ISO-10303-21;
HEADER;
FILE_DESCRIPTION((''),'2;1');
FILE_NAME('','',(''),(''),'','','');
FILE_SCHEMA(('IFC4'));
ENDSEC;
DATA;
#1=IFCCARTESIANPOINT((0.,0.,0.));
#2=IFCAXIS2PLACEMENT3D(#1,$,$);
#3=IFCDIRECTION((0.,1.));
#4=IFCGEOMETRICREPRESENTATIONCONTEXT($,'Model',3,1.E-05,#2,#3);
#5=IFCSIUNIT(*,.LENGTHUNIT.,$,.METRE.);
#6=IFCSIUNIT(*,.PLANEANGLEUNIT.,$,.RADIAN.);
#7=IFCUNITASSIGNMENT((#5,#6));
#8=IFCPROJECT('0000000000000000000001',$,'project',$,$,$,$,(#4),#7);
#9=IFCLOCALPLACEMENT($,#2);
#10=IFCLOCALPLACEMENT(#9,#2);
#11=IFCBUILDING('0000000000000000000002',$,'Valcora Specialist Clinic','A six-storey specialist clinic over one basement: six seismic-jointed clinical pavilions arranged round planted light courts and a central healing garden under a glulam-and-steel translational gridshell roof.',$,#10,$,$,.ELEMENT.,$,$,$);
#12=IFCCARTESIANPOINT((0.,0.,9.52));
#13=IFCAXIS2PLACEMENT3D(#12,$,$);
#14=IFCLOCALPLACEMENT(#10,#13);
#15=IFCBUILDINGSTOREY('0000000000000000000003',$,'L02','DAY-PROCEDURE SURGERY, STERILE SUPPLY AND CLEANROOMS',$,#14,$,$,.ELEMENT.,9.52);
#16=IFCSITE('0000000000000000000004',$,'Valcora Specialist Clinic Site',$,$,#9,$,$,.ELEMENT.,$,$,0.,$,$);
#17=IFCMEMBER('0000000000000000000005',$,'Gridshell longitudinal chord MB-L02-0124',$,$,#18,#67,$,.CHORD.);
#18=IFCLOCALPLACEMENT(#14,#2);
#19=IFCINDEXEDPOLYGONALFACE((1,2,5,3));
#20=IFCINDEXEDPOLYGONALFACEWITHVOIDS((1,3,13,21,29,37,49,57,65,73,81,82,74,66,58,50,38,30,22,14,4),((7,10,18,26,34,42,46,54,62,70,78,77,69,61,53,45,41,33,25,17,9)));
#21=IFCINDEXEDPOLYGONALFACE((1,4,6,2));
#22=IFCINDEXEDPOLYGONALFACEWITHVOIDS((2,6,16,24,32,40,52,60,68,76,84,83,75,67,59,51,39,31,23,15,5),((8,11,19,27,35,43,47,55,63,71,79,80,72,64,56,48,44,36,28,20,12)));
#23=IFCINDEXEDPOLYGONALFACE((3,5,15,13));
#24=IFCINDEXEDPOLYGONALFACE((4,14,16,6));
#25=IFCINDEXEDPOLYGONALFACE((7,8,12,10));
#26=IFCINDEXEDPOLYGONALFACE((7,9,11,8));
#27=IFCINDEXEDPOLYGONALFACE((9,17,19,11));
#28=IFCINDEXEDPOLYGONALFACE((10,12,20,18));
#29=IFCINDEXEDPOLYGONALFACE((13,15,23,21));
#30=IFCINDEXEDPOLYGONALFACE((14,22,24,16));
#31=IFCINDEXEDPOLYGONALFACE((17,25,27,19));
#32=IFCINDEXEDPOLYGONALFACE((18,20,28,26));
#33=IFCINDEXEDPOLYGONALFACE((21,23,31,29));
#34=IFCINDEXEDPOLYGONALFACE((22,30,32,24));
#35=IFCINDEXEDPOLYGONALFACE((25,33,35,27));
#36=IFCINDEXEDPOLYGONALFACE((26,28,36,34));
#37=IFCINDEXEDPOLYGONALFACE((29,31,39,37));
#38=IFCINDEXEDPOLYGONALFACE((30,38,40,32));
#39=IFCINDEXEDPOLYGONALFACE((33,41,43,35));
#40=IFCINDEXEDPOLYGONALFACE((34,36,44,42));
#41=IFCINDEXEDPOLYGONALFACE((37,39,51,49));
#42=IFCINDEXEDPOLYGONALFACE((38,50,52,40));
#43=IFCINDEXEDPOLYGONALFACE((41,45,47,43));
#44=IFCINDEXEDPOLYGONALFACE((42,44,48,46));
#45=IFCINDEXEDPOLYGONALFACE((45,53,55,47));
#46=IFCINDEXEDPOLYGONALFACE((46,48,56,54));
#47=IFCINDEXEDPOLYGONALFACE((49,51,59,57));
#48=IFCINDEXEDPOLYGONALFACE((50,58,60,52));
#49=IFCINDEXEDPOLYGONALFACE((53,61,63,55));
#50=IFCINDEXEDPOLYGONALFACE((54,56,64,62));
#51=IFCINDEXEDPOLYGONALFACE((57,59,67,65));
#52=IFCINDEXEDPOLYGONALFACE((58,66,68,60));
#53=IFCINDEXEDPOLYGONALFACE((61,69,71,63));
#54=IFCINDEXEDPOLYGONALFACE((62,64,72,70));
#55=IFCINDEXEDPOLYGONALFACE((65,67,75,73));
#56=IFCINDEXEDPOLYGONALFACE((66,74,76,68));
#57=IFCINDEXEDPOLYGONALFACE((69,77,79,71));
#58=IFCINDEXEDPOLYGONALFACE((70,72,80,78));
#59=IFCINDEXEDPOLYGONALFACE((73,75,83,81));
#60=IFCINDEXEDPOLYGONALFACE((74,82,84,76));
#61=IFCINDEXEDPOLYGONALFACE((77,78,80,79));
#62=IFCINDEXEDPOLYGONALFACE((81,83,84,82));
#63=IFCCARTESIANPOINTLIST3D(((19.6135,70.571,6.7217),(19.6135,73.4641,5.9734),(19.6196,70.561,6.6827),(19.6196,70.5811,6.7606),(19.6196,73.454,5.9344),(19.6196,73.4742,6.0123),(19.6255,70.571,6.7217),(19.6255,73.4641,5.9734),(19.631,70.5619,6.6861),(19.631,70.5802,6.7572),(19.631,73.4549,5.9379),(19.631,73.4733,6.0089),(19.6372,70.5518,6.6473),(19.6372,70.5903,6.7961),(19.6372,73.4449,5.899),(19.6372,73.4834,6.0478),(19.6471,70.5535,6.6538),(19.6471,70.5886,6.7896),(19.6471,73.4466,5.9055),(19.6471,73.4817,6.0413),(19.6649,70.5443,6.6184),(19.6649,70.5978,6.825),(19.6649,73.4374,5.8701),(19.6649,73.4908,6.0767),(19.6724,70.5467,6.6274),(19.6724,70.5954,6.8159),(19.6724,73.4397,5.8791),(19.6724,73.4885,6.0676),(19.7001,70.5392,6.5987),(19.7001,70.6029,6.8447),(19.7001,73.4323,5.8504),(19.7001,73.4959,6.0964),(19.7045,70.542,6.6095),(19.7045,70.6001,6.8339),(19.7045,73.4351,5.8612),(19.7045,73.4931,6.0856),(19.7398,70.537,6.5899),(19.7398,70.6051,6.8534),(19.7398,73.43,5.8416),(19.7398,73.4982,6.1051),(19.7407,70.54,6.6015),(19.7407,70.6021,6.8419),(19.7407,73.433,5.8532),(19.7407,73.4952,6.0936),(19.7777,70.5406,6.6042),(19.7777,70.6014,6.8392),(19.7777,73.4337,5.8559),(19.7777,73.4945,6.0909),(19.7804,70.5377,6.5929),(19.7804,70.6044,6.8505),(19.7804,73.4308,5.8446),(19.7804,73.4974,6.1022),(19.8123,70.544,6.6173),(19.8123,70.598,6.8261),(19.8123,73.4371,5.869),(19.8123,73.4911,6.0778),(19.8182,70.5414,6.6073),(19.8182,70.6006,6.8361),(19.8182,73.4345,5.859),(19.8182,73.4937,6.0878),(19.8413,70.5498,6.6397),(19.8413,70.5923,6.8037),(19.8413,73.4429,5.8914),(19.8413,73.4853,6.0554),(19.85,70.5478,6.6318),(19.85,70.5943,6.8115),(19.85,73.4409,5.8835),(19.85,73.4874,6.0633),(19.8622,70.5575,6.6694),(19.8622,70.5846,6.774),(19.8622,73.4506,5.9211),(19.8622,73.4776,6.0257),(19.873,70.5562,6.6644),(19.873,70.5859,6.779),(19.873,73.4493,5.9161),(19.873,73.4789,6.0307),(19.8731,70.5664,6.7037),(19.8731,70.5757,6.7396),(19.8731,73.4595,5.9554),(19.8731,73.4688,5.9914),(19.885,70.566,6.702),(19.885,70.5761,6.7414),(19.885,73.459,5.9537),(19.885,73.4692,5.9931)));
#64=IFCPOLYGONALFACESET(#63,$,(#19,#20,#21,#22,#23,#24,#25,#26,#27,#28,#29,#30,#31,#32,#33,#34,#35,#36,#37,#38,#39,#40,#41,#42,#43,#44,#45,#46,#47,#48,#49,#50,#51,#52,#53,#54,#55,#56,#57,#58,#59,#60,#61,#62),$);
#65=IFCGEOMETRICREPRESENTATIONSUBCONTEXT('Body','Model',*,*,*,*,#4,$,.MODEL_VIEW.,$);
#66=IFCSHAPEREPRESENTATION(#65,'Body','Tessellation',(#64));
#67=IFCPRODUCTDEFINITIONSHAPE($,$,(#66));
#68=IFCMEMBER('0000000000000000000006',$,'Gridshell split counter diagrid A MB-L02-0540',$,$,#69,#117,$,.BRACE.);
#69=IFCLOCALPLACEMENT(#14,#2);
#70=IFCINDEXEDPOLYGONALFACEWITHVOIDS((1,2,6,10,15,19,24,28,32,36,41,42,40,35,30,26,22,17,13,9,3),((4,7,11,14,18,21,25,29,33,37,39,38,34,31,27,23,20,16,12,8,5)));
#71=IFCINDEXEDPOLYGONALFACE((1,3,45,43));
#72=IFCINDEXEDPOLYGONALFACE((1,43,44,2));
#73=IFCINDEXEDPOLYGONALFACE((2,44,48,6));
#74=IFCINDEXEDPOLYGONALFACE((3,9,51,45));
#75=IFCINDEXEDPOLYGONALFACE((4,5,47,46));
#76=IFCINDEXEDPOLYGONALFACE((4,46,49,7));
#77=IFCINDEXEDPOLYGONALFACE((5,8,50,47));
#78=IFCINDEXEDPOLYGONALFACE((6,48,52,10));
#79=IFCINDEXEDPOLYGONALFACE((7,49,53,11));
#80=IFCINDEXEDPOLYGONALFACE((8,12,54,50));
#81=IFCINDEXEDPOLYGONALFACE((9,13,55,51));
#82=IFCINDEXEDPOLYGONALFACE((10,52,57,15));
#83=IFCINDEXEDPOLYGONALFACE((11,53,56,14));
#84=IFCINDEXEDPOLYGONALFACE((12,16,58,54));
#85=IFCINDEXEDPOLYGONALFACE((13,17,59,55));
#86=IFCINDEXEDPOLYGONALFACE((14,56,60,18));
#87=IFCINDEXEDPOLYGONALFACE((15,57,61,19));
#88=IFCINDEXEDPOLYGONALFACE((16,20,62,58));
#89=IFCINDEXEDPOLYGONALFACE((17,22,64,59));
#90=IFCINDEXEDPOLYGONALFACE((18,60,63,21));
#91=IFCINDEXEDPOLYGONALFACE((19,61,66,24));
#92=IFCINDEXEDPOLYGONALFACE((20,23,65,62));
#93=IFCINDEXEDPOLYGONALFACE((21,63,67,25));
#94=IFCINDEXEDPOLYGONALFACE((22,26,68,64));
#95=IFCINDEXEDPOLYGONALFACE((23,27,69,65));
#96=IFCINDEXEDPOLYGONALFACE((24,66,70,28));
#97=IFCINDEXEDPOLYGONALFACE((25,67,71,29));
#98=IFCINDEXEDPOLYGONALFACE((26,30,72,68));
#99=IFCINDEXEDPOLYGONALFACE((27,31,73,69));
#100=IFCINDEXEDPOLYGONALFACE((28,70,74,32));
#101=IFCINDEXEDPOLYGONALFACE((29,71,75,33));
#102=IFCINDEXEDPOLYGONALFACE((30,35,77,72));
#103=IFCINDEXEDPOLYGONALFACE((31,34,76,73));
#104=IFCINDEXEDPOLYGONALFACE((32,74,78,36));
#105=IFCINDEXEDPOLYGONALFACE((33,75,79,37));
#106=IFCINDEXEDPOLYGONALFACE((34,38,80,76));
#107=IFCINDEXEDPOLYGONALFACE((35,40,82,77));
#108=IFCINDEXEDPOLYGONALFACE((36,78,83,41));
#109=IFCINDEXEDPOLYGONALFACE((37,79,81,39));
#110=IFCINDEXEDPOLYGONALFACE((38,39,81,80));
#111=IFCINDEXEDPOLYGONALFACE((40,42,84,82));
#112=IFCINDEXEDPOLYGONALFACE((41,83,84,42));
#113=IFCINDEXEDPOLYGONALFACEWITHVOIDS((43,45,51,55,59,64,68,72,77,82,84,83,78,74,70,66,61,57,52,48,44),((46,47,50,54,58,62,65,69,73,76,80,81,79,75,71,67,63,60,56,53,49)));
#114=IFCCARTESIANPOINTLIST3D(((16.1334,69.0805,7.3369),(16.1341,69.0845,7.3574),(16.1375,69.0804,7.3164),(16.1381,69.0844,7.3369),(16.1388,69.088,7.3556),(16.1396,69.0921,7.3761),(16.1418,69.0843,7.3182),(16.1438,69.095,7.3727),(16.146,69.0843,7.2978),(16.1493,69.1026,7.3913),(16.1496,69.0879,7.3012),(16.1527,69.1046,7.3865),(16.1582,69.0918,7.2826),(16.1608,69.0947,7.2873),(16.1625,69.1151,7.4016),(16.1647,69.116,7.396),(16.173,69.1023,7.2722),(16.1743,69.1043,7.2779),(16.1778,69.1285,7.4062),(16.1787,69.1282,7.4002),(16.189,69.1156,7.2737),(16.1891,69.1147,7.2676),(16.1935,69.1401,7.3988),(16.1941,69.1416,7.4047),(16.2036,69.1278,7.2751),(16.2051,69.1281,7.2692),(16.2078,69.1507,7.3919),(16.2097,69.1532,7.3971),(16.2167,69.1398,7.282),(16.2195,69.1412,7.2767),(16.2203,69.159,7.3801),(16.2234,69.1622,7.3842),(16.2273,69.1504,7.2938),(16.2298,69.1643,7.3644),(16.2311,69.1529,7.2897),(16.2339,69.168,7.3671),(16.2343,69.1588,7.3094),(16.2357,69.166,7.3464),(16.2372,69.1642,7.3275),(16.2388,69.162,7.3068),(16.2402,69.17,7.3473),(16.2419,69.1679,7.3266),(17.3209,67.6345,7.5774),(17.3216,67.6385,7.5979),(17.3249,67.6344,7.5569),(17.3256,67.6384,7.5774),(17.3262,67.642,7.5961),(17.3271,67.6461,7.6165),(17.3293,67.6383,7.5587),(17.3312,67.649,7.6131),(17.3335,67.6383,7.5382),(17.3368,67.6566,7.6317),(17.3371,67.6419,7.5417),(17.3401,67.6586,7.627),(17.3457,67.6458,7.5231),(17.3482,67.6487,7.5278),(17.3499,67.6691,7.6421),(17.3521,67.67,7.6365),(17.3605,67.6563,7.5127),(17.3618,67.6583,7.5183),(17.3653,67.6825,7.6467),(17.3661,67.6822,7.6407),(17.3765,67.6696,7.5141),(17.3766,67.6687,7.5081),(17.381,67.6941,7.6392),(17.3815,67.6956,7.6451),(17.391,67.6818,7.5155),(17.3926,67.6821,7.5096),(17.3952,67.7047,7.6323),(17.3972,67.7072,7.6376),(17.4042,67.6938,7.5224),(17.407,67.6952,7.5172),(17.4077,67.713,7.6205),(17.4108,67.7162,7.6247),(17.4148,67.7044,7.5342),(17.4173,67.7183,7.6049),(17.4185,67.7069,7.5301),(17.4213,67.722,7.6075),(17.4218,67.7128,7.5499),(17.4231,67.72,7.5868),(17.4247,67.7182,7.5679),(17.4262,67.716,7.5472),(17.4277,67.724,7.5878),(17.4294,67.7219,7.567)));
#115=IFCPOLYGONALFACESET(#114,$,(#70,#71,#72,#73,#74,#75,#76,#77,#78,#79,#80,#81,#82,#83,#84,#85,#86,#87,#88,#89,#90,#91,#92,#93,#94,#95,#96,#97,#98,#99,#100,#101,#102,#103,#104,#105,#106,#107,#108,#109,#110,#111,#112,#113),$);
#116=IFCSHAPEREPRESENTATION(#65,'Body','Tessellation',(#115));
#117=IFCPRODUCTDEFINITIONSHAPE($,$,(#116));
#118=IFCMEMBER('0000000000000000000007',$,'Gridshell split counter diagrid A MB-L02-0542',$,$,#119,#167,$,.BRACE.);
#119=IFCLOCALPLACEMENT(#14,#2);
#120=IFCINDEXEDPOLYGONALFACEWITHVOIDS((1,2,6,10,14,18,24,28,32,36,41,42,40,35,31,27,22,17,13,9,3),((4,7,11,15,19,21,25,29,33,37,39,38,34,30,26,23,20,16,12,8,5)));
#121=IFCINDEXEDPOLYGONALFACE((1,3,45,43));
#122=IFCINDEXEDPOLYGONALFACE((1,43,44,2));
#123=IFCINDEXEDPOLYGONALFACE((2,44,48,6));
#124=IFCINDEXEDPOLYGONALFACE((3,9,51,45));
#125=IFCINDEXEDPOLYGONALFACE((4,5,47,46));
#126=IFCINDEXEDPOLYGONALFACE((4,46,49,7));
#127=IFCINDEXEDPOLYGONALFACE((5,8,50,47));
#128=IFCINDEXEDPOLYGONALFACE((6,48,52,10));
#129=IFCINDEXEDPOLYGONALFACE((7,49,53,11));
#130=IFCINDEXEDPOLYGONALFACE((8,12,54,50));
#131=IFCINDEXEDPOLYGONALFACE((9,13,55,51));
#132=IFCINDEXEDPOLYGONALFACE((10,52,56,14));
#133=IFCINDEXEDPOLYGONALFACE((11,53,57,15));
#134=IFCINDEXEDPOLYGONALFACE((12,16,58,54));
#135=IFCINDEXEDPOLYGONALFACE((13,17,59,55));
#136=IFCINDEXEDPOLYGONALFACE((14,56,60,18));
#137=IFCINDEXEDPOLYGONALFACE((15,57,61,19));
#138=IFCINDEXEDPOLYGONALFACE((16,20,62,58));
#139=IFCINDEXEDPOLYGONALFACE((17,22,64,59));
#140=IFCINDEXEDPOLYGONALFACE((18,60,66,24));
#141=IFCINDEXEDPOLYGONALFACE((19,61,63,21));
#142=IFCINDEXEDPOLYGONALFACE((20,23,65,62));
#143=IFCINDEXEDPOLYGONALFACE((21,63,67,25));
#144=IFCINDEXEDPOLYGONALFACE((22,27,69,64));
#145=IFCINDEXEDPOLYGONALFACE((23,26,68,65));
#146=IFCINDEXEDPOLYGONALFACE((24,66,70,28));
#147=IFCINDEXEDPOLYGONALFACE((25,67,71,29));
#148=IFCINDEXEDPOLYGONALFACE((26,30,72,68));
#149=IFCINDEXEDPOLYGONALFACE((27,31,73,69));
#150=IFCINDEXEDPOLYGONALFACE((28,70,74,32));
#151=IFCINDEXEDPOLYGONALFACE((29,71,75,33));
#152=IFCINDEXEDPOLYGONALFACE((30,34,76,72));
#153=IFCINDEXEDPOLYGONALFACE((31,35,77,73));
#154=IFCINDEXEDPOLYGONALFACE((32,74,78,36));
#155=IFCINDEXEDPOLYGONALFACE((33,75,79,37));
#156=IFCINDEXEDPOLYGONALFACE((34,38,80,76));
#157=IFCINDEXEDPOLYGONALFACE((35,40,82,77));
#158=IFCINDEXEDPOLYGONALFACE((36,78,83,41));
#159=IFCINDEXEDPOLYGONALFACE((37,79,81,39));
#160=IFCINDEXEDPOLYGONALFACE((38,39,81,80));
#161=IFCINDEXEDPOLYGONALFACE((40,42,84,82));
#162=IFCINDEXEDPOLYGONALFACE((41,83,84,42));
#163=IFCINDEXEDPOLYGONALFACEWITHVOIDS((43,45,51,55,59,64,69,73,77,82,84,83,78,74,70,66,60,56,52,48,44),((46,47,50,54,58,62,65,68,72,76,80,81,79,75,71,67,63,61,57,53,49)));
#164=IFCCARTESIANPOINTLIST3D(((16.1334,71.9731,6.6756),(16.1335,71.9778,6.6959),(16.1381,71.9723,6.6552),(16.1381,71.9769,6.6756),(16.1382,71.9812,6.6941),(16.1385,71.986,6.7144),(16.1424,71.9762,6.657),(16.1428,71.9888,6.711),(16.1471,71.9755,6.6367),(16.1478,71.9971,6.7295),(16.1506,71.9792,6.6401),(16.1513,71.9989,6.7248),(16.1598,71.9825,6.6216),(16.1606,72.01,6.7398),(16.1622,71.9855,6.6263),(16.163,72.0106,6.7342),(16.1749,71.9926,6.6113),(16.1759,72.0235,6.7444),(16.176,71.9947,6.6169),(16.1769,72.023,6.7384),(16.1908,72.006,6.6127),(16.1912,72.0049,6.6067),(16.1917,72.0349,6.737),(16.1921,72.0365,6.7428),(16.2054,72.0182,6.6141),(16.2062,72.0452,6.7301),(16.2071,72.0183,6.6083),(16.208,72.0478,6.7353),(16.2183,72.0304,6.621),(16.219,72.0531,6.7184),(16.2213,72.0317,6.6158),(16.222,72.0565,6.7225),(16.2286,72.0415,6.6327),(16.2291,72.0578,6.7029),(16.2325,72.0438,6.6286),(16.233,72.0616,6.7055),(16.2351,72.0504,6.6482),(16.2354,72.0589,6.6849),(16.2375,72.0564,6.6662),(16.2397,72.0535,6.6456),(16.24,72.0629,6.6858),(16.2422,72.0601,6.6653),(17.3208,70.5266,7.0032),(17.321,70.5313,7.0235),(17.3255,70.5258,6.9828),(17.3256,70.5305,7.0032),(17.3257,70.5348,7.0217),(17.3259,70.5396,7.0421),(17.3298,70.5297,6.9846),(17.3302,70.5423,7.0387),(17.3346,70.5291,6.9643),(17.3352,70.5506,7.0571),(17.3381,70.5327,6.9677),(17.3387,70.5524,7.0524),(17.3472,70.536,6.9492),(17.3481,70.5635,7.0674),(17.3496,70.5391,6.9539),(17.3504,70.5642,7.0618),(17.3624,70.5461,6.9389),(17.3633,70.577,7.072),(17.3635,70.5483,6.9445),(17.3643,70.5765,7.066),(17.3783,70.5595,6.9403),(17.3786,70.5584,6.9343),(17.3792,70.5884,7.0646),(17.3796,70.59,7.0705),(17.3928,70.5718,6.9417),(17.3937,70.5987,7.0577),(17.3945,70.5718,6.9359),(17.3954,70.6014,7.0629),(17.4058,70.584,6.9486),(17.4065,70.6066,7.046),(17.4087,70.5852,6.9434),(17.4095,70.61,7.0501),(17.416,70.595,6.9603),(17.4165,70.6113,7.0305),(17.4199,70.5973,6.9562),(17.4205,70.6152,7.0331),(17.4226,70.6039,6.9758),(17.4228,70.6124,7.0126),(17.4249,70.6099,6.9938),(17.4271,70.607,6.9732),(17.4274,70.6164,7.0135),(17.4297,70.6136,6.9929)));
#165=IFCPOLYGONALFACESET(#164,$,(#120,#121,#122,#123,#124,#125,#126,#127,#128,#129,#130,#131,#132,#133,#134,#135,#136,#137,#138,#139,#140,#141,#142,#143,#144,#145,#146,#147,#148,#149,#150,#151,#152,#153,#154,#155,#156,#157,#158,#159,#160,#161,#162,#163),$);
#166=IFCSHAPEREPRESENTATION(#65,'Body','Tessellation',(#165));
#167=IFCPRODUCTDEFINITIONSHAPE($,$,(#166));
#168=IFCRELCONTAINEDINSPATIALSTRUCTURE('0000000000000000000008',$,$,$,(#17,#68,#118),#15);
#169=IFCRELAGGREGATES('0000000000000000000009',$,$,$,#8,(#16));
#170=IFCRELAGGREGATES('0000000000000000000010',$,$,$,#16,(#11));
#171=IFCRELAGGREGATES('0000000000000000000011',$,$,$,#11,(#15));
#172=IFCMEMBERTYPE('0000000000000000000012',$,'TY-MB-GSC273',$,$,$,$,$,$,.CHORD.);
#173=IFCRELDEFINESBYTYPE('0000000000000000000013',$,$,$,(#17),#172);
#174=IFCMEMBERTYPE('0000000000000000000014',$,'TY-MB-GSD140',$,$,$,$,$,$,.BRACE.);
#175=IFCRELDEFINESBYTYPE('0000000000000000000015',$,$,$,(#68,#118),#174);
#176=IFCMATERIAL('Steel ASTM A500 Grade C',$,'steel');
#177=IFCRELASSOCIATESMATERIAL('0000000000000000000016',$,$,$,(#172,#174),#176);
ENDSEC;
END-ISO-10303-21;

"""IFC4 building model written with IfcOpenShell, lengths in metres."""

from ifc_helpers import new_model, si_unit, direction, frame, origin, origin_2d, place, context, subcontext, project, spatial, hollow_circle, extrude, material, material_profile, profile_set, type_object, element, save


model = new_model("IFC4")

# Units and contexts
model_context = context("Model", 3, precision=1e-05, world=origin(), true_north=direction((0.0, 1.0)))
body_context = subcontext(model_context, "Body", "Model", "MODEL_VIEW")
ifc_project = project(units=[si_unit("LENGTHUNIT", "METRE"), si_unit("PLANEANGLEUNIT", "RADIAN")], contexts=[model_context])

# Site, building, storey
site_placement = place(None, origin())
site = spatial("IfcSite", under=ifc_project, at=site_placement, Name="Valcora Specialist Clinic Site", CompositionType="ELEMENT", RefElevation=0.0)
building_placement = place(site_placement, origin())
building = spatial("IfcBuilding", under=site, at=building_placement, Name="Valcora Specialist Clinic", Description="A six-storey specialist clinic over one basement: six seismic-jointed clinical pavilions arranged round planted light courts and a central healing garden under a glulam-and-steel translational gridshell roof.", CompositionType="ELEMENT")
storey_placement = place(building_placement, frame((0.0, 0.0, 9.52)))
storey = spatial("IfcBuildingStorey", under=building, at=storey_placement, Name="L02", Description="DAY-PROCEDURE SURGERY, STERILE SUPPLY AND CLEANROOMS", CompositionType="ELEMENT", Elevation=9.52)

# Members
ifc_material_1 = material(Name="Steel ASTM A500 Grade C", Category="steel")
ifc_material_profile_1 = material_profile(ifc_material_1, hollow_circle(Radius=0.1365, WallThickness=0.012, at=origin_2d()), Name="ST-CHS-273X12")
ifc_profile_set_1 = profile_set([ifc_material_profile_1], Name="Steel ASTM A500 Grade C")
member_type_1 = type_object("IfcMemberType", Name="TY-MB-GSC273", PredefinedType="CHORD", material=ifc_profile_set_1)
member_1_placement = place(storey_placement, frame((19.75, 70.571, 6.7217), z_axis=(0.0, 0.96814, -0.250409), x_axis=(-1.0, 0.0, 0.0)))
element("IfcMember", 1, at=member_1_placement, inside=storey, type_object=member_type_1, Name="Gridshell longitudinal chord MB-L02-0124", PredefinedType="CHORD", context=body_context, shape_type="SweptSolid", body=[
    extrude(hollow_circle(Radius=0.1365, WallThickness=0.012, at=origin_2d()), origin(), (0.0, 0.0, 1.0), 2.9883),
])
ifc_material_profile_2 = material_profile(ifc_material_1, hollow_circle(Radius=0.0701, WallThickness=0.0061, at=origin_2d()), Name="ST-CHS-140X6")
ifc_profile_set_2 = profile_set([ifc_material_profile_2], Name="Steel ASTM A500 Grade C")
member_type_2 = type_object("IfcMemberType", Name="TY-MB-GSD140", PredefinedType="BRACE", material=ifc_profile_set_2)
member_2_placement = place(storey_placement, frame((17.375, 67.679, 7.5774), z_axis=(-0.629459, 0.766506, -0.127471), x_axis=(-0.772811, -0.634636, 0.0)))
element("IfcMember", 2, at=member_2_placement, inside=storey, type_object=member_type_2, Name="Gridshell split counter diagrid A MB-L02-0540", PredefinedType="BRACE", context=body_context, shape_type="SweptSolid", body=[
    extrude(hollow_circle(Radius=0.0701, WallThickness=0.0061, at=origin_2d()), origin(), (0.0, 0.0, 1.0), 1.8865),
])
member_3_placement = place(storey_placement, frame((17.375, 70.571, 7.0032), z_axis=(-0.625003, 0.761337, -0.172441), x_axis=(-0.772916, -0.634508, 0.0)))
element("IfcMember", 3, at=member_3_placement, inside=storey, type_object=member_type_2, Name="Gridshell split counter diagrid A MB-L02-0542", PredefinedType="BRACE", context=body_context, shape_type="SweptSolid", body=[
    extrude(hollow_circle(Radius=0.0701, WallThickness=0.0061, at=origin_2d()), origin(), (0.0, 0.0, 1.0), 1.8999),
])

save(model, "model.ifc")
